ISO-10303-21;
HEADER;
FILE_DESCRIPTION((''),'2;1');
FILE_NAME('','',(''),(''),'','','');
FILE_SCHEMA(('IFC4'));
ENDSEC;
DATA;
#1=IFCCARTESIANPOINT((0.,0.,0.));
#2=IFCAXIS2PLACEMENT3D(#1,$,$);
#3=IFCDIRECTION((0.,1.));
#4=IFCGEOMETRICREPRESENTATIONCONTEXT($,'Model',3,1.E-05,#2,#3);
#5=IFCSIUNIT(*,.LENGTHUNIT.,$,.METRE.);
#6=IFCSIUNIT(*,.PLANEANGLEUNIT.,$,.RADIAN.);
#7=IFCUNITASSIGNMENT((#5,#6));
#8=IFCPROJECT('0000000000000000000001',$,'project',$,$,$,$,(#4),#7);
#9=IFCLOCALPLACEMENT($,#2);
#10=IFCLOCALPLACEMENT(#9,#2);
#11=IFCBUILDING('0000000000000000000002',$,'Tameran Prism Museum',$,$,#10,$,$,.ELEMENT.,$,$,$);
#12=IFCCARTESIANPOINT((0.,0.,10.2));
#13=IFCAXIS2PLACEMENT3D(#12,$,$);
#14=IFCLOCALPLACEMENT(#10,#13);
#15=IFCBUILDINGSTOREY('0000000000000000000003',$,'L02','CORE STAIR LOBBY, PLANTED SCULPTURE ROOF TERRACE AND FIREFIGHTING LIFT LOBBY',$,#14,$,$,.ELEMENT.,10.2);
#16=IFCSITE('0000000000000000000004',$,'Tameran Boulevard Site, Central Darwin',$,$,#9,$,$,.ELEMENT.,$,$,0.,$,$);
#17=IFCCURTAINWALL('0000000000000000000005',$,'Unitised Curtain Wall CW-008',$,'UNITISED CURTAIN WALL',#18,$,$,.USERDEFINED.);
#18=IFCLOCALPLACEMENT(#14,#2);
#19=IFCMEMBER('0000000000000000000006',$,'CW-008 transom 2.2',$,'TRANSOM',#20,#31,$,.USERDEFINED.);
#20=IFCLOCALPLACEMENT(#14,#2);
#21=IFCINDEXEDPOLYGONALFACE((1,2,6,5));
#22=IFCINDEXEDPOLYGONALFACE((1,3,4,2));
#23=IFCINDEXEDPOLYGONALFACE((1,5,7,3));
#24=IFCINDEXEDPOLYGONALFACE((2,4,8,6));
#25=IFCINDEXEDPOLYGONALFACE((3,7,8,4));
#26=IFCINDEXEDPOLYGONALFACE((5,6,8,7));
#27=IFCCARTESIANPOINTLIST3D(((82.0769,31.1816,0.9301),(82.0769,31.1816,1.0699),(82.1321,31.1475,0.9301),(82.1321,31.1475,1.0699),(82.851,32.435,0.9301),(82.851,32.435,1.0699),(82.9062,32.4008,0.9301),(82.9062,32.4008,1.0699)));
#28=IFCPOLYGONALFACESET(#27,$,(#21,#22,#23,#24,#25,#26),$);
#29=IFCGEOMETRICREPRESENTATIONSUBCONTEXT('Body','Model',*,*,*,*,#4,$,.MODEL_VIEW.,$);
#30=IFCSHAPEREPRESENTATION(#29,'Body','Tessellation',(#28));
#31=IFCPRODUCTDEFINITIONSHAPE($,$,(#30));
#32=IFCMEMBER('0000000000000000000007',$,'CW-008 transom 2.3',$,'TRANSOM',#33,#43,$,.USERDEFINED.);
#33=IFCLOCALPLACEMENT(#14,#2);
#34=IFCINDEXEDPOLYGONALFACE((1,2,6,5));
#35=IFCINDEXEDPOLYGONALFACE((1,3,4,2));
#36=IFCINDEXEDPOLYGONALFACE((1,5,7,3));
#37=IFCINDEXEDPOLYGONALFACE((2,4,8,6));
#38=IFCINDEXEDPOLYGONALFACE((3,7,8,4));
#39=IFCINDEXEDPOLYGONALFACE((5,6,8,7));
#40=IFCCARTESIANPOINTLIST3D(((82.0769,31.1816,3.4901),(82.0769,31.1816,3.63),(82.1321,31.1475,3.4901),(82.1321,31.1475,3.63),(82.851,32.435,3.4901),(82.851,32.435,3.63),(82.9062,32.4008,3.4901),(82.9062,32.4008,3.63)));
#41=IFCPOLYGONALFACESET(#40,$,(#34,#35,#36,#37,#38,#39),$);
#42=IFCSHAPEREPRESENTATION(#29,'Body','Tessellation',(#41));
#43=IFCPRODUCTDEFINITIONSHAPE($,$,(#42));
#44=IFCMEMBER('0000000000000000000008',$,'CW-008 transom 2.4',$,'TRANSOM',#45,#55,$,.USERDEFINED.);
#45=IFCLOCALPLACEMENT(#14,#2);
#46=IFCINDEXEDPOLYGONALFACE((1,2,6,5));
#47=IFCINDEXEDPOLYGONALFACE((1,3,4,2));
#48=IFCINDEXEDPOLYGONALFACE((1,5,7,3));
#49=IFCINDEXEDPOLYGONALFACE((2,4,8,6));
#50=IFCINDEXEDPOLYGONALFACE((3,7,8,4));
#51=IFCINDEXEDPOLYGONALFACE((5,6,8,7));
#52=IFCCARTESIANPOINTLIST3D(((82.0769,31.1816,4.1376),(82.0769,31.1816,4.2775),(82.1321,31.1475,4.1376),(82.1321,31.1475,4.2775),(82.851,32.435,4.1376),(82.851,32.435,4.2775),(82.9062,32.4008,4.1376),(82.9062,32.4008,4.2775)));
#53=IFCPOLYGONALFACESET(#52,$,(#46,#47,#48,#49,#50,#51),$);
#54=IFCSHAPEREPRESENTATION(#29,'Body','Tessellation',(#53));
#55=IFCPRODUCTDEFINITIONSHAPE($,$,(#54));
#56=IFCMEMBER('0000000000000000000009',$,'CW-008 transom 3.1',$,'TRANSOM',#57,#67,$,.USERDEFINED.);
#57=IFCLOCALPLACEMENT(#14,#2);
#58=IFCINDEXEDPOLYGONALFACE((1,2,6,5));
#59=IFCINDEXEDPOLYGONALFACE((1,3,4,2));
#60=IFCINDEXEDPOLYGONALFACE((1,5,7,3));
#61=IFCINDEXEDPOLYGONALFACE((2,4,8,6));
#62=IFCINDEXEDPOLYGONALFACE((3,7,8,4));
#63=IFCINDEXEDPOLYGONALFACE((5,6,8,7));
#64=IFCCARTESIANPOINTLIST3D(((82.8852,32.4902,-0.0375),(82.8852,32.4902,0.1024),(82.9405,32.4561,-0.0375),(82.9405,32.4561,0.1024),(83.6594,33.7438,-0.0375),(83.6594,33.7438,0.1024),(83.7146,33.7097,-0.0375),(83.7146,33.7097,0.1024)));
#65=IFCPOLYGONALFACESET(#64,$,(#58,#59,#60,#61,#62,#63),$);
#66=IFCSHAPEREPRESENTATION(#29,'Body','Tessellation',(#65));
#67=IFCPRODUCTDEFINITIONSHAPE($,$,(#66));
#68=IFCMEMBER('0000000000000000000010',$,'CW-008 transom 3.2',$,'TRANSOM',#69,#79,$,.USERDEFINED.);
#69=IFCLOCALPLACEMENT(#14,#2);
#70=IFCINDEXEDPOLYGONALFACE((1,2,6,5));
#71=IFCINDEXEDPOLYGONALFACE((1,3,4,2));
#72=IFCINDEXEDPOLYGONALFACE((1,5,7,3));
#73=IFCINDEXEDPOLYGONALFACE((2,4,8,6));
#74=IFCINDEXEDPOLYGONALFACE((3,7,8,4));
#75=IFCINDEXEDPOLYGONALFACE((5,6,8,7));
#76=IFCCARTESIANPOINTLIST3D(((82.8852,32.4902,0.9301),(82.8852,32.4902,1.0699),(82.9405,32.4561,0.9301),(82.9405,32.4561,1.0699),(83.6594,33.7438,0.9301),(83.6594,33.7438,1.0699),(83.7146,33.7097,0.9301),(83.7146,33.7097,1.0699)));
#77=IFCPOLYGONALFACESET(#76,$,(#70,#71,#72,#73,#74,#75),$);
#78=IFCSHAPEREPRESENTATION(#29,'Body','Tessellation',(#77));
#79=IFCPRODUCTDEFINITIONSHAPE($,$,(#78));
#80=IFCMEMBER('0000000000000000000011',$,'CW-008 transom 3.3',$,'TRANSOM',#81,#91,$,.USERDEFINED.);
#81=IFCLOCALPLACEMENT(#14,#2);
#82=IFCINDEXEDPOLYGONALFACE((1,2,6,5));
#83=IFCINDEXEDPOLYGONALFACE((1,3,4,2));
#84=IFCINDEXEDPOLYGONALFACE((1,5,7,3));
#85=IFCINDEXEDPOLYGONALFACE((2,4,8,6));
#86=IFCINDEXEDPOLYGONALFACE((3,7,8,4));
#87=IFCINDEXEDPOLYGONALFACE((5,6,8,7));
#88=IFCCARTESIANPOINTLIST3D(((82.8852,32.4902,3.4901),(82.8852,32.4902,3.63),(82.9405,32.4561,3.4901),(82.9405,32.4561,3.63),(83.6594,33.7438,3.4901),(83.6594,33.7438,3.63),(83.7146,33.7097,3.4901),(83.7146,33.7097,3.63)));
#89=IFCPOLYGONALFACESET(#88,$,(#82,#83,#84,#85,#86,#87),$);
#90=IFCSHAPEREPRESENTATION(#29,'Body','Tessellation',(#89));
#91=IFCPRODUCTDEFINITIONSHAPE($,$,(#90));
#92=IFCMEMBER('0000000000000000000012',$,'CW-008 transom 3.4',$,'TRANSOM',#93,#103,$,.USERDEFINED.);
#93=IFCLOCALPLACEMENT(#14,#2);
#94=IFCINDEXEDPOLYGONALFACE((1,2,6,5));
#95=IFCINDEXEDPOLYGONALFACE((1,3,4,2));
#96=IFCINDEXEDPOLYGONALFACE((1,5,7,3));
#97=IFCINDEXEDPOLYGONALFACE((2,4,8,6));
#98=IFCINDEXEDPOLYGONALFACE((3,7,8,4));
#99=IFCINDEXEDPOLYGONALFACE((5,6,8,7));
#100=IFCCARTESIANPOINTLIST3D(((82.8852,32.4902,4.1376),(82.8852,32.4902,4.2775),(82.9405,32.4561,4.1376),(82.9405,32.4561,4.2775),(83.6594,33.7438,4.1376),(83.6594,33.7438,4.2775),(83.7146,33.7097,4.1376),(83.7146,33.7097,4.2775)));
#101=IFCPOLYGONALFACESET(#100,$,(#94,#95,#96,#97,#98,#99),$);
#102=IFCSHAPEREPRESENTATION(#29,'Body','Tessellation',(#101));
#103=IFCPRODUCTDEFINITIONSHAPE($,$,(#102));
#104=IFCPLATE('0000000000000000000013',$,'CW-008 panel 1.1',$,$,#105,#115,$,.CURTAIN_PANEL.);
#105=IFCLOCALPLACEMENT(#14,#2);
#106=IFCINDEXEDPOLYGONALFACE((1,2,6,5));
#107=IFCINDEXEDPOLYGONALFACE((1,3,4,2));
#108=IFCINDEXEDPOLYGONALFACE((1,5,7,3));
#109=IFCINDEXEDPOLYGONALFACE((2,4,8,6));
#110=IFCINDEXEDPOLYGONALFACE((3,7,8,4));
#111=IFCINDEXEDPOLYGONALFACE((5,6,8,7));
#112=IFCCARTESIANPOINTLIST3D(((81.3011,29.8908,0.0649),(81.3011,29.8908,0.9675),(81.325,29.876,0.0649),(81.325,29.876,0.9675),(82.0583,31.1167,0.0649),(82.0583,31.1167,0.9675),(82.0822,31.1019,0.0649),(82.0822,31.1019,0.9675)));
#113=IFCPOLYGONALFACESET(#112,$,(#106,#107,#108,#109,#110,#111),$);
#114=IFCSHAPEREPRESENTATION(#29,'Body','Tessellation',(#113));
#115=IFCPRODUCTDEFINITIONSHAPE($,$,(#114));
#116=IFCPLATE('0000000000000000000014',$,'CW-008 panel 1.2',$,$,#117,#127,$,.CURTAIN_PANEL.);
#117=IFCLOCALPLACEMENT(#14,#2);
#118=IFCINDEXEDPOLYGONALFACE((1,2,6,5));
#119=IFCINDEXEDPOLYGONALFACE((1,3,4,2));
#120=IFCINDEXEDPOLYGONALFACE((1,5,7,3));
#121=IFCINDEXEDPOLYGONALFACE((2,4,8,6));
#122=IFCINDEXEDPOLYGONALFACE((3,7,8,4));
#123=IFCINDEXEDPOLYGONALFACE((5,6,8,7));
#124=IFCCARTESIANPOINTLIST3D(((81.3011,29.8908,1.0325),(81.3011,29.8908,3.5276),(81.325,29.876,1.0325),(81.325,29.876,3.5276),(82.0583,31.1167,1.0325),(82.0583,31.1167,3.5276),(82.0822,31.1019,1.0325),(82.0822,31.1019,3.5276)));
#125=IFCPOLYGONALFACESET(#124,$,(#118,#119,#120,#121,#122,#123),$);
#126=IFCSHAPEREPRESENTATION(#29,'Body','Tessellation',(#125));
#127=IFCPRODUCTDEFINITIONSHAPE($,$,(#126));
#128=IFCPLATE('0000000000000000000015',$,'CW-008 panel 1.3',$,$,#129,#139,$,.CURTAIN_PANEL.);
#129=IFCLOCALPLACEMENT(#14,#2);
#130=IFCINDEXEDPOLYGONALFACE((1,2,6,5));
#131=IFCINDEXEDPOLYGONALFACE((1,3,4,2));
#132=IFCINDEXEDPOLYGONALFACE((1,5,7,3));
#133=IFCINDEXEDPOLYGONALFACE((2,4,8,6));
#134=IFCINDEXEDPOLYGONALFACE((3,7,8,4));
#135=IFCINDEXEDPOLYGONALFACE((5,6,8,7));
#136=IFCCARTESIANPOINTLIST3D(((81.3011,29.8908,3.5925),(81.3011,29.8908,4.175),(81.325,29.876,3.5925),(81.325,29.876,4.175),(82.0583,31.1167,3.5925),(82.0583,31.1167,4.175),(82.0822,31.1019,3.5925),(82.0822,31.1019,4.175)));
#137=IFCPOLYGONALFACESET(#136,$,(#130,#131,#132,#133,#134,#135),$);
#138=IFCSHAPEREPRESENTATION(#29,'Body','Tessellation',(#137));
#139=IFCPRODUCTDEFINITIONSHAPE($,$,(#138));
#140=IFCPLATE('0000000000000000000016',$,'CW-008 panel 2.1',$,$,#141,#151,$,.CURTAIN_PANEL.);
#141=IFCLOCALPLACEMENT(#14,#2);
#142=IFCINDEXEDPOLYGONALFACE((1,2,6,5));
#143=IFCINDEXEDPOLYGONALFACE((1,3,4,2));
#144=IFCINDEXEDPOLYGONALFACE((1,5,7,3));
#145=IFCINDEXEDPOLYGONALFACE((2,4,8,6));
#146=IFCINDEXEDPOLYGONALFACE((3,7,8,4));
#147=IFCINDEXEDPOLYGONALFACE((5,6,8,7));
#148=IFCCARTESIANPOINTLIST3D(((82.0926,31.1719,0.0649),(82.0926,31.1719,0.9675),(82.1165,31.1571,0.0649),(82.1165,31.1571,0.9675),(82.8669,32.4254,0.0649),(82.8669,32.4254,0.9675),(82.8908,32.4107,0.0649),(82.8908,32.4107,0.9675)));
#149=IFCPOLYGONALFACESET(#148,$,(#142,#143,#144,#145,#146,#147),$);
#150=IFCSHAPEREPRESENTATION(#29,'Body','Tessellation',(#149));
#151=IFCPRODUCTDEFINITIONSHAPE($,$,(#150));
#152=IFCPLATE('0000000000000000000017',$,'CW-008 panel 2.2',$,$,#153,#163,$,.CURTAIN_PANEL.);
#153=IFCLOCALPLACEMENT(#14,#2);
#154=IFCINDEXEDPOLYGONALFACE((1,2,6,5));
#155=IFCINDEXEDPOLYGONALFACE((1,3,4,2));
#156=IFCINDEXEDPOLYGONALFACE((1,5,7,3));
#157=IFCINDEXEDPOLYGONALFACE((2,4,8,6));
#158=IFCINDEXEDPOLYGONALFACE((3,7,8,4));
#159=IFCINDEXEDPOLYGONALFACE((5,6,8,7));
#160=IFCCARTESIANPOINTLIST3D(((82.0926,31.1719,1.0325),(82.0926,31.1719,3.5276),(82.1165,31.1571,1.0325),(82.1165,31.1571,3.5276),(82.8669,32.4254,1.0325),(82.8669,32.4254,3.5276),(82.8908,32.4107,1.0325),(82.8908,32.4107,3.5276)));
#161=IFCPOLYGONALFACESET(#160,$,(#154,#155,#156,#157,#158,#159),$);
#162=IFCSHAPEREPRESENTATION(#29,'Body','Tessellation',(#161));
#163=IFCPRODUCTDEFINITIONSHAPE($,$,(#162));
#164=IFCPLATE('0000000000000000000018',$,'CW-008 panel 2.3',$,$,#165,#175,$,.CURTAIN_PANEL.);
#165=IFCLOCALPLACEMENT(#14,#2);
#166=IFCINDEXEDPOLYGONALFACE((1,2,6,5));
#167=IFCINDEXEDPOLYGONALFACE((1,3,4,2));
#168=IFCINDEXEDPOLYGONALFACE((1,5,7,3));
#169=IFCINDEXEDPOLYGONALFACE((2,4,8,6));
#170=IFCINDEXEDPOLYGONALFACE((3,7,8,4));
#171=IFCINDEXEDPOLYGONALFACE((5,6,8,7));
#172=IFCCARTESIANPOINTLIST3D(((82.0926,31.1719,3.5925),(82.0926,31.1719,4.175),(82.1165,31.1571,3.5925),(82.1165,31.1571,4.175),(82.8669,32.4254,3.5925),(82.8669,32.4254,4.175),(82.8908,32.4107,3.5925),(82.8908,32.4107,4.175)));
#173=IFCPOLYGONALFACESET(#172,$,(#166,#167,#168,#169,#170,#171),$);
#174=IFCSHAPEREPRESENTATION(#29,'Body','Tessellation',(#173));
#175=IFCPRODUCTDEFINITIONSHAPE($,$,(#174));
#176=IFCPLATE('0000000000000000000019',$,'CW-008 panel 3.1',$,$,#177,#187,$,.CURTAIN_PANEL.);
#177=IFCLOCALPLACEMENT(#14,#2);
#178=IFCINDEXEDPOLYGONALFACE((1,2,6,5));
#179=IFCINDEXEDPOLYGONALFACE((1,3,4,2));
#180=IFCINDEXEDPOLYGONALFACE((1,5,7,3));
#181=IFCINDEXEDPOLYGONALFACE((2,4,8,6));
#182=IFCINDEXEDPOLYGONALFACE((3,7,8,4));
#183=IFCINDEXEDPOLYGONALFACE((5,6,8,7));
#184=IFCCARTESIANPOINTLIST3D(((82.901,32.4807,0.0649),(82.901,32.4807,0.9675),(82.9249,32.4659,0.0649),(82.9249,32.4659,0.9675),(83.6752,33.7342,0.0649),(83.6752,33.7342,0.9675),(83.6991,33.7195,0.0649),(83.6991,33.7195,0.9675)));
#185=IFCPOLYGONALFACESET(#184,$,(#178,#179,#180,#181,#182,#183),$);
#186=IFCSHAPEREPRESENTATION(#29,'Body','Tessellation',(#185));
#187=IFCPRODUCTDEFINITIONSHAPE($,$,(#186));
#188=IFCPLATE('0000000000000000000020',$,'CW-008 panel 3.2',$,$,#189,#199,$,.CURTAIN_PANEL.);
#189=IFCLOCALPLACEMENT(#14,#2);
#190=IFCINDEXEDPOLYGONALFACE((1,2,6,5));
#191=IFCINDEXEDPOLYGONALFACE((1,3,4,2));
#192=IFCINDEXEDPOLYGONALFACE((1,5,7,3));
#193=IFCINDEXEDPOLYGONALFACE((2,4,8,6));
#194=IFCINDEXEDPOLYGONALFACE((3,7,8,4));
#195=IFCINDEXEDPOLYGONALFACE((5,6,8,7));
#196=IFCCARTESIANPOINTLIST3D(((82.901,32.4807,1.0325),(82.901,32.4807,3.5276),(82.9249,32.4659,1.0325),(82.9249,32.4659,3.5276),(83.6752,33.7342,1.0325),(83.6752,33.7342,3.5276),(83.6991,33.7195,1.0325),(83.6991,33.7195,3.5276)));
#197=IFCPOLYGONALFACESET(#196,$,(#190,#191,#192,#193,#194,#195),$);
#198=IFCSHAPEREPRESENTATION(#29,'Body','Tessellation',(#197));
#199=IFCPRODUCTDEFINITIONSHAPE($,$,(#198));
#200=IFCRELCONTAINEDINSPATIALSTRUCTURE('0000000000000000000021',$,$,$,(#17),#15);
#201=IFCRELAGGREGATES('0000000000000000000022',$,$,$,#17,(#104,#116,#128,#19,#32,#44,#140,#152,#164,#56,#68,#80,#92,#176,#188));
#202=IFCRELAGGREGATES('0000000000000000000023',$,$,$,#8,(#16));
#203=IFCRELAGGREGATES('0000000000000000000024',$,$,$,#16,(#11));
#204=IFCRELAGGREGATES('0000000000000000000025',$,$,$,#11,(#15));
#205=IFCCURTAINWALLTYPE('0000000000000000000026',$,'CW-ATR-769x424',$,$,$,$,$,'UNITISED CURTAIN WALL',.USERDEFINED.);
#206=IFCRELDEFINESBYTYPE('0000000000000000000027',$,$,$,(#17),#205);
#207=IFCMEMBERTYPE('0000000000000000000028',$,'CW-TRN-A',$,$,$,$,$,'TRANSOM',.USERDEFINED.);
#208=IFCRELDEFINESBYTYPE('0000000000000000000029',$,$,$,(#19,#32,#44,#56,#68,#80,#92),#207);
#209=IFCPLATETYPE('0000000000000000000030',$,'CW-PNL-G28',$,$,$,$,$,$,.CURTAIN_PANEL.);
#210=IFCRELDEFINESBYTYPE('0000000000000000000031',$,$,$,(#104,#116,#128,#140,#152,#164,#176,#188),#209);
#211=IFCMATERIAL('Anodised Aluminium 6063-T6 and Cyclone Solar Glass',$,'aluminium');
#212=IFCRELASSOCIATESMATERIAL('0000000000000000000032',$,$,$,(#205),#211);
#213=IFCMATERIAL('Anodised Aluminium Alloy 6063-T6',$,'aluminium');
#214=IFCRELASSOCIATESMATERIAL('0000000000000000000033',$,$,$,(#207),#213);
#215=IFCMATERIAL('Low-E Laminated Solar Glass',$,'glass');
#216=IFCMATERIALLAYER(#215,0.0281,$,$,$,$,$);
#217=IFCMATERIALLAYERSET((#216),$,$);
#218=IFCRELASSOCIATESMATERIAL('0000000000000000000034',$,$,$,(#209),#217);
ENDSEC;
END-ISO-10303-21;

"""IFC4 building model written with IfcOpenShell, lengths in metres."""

from ifc_helpers import new_model, si_unit, direction, frame, origin, origin_2d, place, context, subcontext, project, spatial, rectangle, extrude, material, layer, layer_set, material_profile, profile_set, type_object, element, aggregate, save


model = new_model("IFC4")

# Units and contexts
model_context = context("Model", 3, precision=1e-05, world=origin(), true_north=direction((0.0, 1.0)))
body_context = subcontext(model_context, "Body", "Model", "MODEL_VIEW")
ifc_project = project(units=[si_unit("LENGTHUNIT", "METRE"), si_unit("PLANEANGLEUNIT", "RADIAN")], contexts=[model_context])

# Site, building, storey
site_placement = place(None, origin())
site = spatial("IfcSite", under=ifc_project, at=site_placement, Name="Tameran Boulevard Site, Central Darwin", CompositionType="ELEMENT", RefElevation=0.0)
building_placement = place(site_placement, origin())
building = spatial("IfcBuilding", under=site, at=building_placement, Name="Tameran Prism Museum", CompositionType="ELEMENT")
storey_placement = place(building_placement, frame((0.0, 0.0, 10.2)))
storey = spatial("IfcBuildingStorey", under=building, at=storey_placement, Name="L02", Description="CORE STAIR LOBBY, PLANTED SCULPTURE ROOF TERRACE AND FIREFIGHTING LIFT LOBBY", CompositionType="ELEMENT", Elevation=10.2)

# Curtain wall, members, plates
ifc_material_1 = material(Name="Anodised Aluminium 6063-T6 and Cyclone Solar Glass", Category="aluminium")
curtain_wall_type = type_object("IfcCurtainWallType", Name="CW-ATR-769x424", ElementType="UNITISED CURTAIN WALL", PredefinedType="USERDEFINED", material=ifc_material_1)
curtain_wall_placement = place(storey_placement, origin())
curtain_wall = element("IfcCurtainWall", 1, at=curtain_wall_placement, inside=storey, type_object=curtain_wall_type, Name="Unitised Curtain Wall CW-008", ObjectType="UNITISED CURTAIN WALL", PredefinedType="USERDEFINED")
ifc_material_2 = material(Name="Anodised Aluminium Alloy 6063-T6", Category="aluminium")
ifc_material_profile_1 = material_profile(ifc_material_2, rectangle(XDim=0.0649, YDim=0.1399, at=origin_2d()))
ifc_profile_set_1 = profile_set([ifc_material_profile_1])
member_type_1 = type_object("IfcMemberType", Name="CW-TRN-A", ElementType="TRANSOM", PredefinedType="USERDEFINED", material=ifc_profile_set_1)
member_1_placement = place(storey_placement, frame((82.1045, 31.1646, 1.0), z_axis=(0.525493, 0.850798, 0.0), x_axis=(-0.850798, 0.525493, 0.0)))
member_1 = element("IfcMember", 2, at=member_1_placement, type_object=member_type_1, Name="CW-008 transom 2.2", ObjectType="TRANSOM", PredefinedType="USERDEFINED", context=body_context, shape_type="SweptSolid", body=[
    extrude(rectangle(XDim=0.0649, YDim=0.1399, at=origin_2d()), origin(), (0.0, 0.0, 1.0), 1.4731),
])
member_2_placement = place(storey_placement, frame((82.1045, 31.1646, 3.5601), z_axis=(0.525493, 0.850798, 0.0), x_axis=(-0.850798, 0.525493, 0.0)))
member_2 = element("IfcMember", 3, at=member_2_placement, type_object=member_type_1, Name="CW-008 transom 2.3", ObjectType="TRANSOM", PredefinedType="USERDEFINED", context=body_context, shape_type="SweptSolid", body=[
    extrude(rectangle(XDim=0.0649, YDim=0.1399, at=origin_2d()), origin(), (0.0, 0.0, 1.0), 1.4731),
])
member_3_placement = place(storey_placement, frame((82.1045, 31.1646, 4.2075), z_axis=(0.525493, 0.850798, 0.0), x_axis=(-0.850798, 0.525493, 0.0)))
member_3 = element("IfcMember", 4, at=member_3_placement, type_object=member_type_1, Name="CW-008 transom 2.4", ObjectType="TRANSOM", PredefinedType="USERDEFINED", context=body_context, shape_type="SweptSolid", body=[
    extrude(rectangle(XDim=0.0649, YDim=0.1399, at=origin_2d()), origin(), (0.0, 0.0, 1.0), 1.4731),
])
member_4_placement = place(storey_placement, frame((82.9128, 32.4731, 0.0325), z_axis=(0.525419, 0.850844, 0.0), x_axis=(-0.850844, 0.525419, 0.0)))
member_4 = element("IfcMember", 5, at=member_4_placement, type_object=member_type_1, Name="CW-008 transom 3.1", ObjectType="TRANSOM", PredefinedType="USERDEFINED", context=body_context, shape_type="SweptSolid", body=[
    extrude(rectangle(XDim=0.0649, YDim=0.1399, at=origin_2d()), origin(), (0.0, 0.0, 1.0), 1.4734),
])
member_5_placement = place(storey_placement, frame((82.9128, 32.4731, 1.0), z_axis=(0.525419, 0.850844, 0.0), x_axis=(-0.850844, 0.525419, 0.0)))
member_5 = element("IfcMember", 6, at=member_5_placement, type_object=member_type_1, Name="CW-008 transom 3.2", ObjectType="TRANSOM", PredefinedType="USERDEFINED", context=body_context, shape_type="SweptSolid", body=[
    extrude(rectangle(XDim=0.0649, YDim=0.1399, at=origin_2d()), origin(), (0.0, 0.0, 1.0), 1.4734),
])
member_6_placement = place(storey_placement, frame((82.9128, 32.4731, 3.5601), z_axis=(0.525419, 0.850844, 0.0), x_axis=(-0.850844, 0.525419, 0.0)))
member_6 = element("IfcMember", 7, at=member_6_placement, type_object=member_type_1, Name="CW-008 transom 3.3", ObjectType="TRANSOM", PredefinedType="USERDEFINED", context=body_context, shape_type="SweptSolid", body=[
    extrude(rectangle(XDim=0.0649, YDim=0.1399, at=origin_2d()), origin(), (0.0, 0.0, 1.0), 1.4734),
])
member_7_placement = place(storey_placement, frame((82.9128, 32.4731, 4.2075), z_axis=(0.525419, 0.850844, 0.0), x_axis=(-0.850844, 0.525419, 0.0)))
member_7 = element("IfcMember", 8, at=member_7_placement, type_object=member_type_1, Name="CW-008 transom 3.4", ObjectType="TRANSOM", PredefinedType="USERDEFINED", context=body_context, shape_type="SweptSolid", body=[
    extrude(rectangle(XDim=0.0649, YDim=0.1399, at=origin_2d()), origin(), (0.0, 0.0, 1.0), 1.4734),
])
ifc_material_3 = material(Name="Low-E Laminated Solar Glass", Category="glass")
ifc_layer_1 = layer(ifc_material_3, 0.0281)
ifc_layer_set_1 = layer_set([ifc_layer_1])
plate_type = type_object("IfcPlateType", Name="CW-PNL-G28", PredefinedType="CURTAIN_PANEL", material=ifc_layer_set_1)
plate_1_placement = place(storey_placement, frame((81.6917, 30.4963, 0.0649), z_axis=(0.0, 0.0, 1.0), x_axis=(0.525504, 0.850791, 0.0)))
plate_1 = element("IfcPlate", 9, at=plate_1_placement, type_object=plate_type, Name="CW-008 panel 1.1", PredefinedType="CURTAIN_PANEL", context=body_context, shape_type="SweptSolid", body=[
    extrude(rectangle(XDim=1.4409, YDim=0.0281, at=origin_2d()), origin(), (0.0, 0.0, 1.0), 0.9026),
])
plate_2_placement = place(storey_placement, frame((81.6917, 30.4963, 1.0325), z_axis=(0.0, 0.0, 1.0), x_axis=(0.525504, 0.850791, 0.0)))
plate_2 = element("IfcPlate", 10, at=plate_2_placement, type_object=plate_type, Name="CW-008 panel 1.2", PredefinedType="CURTAIN_PANEL", context=body_context, shape_type="SweptSolid", body=[
    extrude(rectangle(XDim=1.4409, YDim=0.0281, at=origin_2d()), origin(), (0.0, 0.0, 1.0), 2.4951),
])
plate_3_placement = place(storey_placement, frame((81.6917, 30.4963, 3.5925), z_axis=(0.0, 0.0, 1.0), x_axis=(0.525504, 0.850791, 0.0)))
plate_3 = element("IfcPlate", 11, at=plate_3_placement, type_object=plate_type, Name="CW-008 panel 1.3", PredefinedType="CURTAIN_PANEL", context=body_context, shape_type="SweptSolid", body=[
    extrude(rectangle(XDim=1.4409, YDim=0.0281, at=origin_2d()), origin(), (0.0, 0.0, 1.0), 0.5825),
])
plate_4_placement = place(storey_placement, frame((82.4917, 31.7913, 0.0649), z_axis=(0.0, 0.0, 1.0), x_axis=(0.525504, 0.850791, 0.0)))
plate_4 = element("IfcPlate", 12, at=plate_4_placement, type_object=plate_type, Name="CW-008 panel 2.1", PredefinedType="CURTAIN_PANEL", context=body_context, shape_type="SweptSolid", body=[
    extrude(rectangle(XDim=1.4734, YDim=0.0281, at=origin_2d()), origin(), (0.0, 0.0, 1.0), 0.9026),
])
plate_5_placement = place(storey_placement, frame((82.4917, 31.7913, 1.0325), z_axis=(0.0, 0.0, 1.0), x_axis=(0.525504, 0.850791, 0.0)))
plate_5 = element("IfcPlate", 13, at=plate_5_placement, type_object=plate_type, Name="CW-008 panel 2.2", PredefinedType="CURTAIN_PANEL", context=body_context, shape_type="SweptSolid", body=[
    extrude(rectangle(XDim=1.4734, YDim=0.0281, at=origin_2d()), origin(), (0.0, 0.0, 1.0), 2.4951),
])
plate_6_placement = place(storey_placement, frame((82.4917, 31.7913, 3.5925), z_axis=(0.0, 0.0, 1.0), x_axis=(0.525504, 0.850791, 0.0)))
plate_6 = element("IfcPlate", 14, at=plate_6_placement, type_object=plate_type, Name="CW-008 panel 2.3", PredefinedType="CURTAIN_PANEL", context=body_context, shape_type="SweptSolid", body=[
    extrude(rectangle(XDim=1.4734, YDim=0.0281, at=origin_2d()), origin(), (0.0, 0.0, 1.0), 0.5825),
])
plate_7_placement = place(storey_placement, frame((83.3, 33.1001, 0.0649), z_axis=(0.0, 0.0, 1.0), x_axis=(0.525504, 0.850791, 0.0)))
plate_7 = element("IfcPlate", 15, at=plate_7_placement, type_object=plate_type, Name="CW-008 panel 3.1", PredefinedType="CURTAIN_PANEL", context=body_context, shape_type="SweptSolid", body=[
    extrude(rectangle(XDim=1.4734, YDim=0.0281, at=origin_2d()), origin(), (0.0, 0.0, 1.0), 0.9026),
])
plate_8_placement = place(storey_placement, frame((83.3, 33.1001, 1.0325), z_axis=(0.0, 0.0, 1.0), x_axis=(0.525504, 0.850791, 0.0)))
plate_8 = element("IfcPlate", 16, at=plate_8_placement, type_object=plate_type, Name="CW-008 panel 3.2", PredefinedType="CURTAIN_PANEL", context=body_context, shape_type="SweptSolid", body=[
    extrude(rectangle(XDim=1.4734, YDim=0.0281, at=origin_2d()), origin(), (0.0, 0.0, 1.0), 2.4951),
])
aggregate(curtain_wall, [plate_1, plate_2, plate_3, member_1, member_2, member_3, plate_4, plate_5, plate_6, member_4, member_5, member_6, member_7, plate_7, plate_8])

save(model, "model.ifc")
